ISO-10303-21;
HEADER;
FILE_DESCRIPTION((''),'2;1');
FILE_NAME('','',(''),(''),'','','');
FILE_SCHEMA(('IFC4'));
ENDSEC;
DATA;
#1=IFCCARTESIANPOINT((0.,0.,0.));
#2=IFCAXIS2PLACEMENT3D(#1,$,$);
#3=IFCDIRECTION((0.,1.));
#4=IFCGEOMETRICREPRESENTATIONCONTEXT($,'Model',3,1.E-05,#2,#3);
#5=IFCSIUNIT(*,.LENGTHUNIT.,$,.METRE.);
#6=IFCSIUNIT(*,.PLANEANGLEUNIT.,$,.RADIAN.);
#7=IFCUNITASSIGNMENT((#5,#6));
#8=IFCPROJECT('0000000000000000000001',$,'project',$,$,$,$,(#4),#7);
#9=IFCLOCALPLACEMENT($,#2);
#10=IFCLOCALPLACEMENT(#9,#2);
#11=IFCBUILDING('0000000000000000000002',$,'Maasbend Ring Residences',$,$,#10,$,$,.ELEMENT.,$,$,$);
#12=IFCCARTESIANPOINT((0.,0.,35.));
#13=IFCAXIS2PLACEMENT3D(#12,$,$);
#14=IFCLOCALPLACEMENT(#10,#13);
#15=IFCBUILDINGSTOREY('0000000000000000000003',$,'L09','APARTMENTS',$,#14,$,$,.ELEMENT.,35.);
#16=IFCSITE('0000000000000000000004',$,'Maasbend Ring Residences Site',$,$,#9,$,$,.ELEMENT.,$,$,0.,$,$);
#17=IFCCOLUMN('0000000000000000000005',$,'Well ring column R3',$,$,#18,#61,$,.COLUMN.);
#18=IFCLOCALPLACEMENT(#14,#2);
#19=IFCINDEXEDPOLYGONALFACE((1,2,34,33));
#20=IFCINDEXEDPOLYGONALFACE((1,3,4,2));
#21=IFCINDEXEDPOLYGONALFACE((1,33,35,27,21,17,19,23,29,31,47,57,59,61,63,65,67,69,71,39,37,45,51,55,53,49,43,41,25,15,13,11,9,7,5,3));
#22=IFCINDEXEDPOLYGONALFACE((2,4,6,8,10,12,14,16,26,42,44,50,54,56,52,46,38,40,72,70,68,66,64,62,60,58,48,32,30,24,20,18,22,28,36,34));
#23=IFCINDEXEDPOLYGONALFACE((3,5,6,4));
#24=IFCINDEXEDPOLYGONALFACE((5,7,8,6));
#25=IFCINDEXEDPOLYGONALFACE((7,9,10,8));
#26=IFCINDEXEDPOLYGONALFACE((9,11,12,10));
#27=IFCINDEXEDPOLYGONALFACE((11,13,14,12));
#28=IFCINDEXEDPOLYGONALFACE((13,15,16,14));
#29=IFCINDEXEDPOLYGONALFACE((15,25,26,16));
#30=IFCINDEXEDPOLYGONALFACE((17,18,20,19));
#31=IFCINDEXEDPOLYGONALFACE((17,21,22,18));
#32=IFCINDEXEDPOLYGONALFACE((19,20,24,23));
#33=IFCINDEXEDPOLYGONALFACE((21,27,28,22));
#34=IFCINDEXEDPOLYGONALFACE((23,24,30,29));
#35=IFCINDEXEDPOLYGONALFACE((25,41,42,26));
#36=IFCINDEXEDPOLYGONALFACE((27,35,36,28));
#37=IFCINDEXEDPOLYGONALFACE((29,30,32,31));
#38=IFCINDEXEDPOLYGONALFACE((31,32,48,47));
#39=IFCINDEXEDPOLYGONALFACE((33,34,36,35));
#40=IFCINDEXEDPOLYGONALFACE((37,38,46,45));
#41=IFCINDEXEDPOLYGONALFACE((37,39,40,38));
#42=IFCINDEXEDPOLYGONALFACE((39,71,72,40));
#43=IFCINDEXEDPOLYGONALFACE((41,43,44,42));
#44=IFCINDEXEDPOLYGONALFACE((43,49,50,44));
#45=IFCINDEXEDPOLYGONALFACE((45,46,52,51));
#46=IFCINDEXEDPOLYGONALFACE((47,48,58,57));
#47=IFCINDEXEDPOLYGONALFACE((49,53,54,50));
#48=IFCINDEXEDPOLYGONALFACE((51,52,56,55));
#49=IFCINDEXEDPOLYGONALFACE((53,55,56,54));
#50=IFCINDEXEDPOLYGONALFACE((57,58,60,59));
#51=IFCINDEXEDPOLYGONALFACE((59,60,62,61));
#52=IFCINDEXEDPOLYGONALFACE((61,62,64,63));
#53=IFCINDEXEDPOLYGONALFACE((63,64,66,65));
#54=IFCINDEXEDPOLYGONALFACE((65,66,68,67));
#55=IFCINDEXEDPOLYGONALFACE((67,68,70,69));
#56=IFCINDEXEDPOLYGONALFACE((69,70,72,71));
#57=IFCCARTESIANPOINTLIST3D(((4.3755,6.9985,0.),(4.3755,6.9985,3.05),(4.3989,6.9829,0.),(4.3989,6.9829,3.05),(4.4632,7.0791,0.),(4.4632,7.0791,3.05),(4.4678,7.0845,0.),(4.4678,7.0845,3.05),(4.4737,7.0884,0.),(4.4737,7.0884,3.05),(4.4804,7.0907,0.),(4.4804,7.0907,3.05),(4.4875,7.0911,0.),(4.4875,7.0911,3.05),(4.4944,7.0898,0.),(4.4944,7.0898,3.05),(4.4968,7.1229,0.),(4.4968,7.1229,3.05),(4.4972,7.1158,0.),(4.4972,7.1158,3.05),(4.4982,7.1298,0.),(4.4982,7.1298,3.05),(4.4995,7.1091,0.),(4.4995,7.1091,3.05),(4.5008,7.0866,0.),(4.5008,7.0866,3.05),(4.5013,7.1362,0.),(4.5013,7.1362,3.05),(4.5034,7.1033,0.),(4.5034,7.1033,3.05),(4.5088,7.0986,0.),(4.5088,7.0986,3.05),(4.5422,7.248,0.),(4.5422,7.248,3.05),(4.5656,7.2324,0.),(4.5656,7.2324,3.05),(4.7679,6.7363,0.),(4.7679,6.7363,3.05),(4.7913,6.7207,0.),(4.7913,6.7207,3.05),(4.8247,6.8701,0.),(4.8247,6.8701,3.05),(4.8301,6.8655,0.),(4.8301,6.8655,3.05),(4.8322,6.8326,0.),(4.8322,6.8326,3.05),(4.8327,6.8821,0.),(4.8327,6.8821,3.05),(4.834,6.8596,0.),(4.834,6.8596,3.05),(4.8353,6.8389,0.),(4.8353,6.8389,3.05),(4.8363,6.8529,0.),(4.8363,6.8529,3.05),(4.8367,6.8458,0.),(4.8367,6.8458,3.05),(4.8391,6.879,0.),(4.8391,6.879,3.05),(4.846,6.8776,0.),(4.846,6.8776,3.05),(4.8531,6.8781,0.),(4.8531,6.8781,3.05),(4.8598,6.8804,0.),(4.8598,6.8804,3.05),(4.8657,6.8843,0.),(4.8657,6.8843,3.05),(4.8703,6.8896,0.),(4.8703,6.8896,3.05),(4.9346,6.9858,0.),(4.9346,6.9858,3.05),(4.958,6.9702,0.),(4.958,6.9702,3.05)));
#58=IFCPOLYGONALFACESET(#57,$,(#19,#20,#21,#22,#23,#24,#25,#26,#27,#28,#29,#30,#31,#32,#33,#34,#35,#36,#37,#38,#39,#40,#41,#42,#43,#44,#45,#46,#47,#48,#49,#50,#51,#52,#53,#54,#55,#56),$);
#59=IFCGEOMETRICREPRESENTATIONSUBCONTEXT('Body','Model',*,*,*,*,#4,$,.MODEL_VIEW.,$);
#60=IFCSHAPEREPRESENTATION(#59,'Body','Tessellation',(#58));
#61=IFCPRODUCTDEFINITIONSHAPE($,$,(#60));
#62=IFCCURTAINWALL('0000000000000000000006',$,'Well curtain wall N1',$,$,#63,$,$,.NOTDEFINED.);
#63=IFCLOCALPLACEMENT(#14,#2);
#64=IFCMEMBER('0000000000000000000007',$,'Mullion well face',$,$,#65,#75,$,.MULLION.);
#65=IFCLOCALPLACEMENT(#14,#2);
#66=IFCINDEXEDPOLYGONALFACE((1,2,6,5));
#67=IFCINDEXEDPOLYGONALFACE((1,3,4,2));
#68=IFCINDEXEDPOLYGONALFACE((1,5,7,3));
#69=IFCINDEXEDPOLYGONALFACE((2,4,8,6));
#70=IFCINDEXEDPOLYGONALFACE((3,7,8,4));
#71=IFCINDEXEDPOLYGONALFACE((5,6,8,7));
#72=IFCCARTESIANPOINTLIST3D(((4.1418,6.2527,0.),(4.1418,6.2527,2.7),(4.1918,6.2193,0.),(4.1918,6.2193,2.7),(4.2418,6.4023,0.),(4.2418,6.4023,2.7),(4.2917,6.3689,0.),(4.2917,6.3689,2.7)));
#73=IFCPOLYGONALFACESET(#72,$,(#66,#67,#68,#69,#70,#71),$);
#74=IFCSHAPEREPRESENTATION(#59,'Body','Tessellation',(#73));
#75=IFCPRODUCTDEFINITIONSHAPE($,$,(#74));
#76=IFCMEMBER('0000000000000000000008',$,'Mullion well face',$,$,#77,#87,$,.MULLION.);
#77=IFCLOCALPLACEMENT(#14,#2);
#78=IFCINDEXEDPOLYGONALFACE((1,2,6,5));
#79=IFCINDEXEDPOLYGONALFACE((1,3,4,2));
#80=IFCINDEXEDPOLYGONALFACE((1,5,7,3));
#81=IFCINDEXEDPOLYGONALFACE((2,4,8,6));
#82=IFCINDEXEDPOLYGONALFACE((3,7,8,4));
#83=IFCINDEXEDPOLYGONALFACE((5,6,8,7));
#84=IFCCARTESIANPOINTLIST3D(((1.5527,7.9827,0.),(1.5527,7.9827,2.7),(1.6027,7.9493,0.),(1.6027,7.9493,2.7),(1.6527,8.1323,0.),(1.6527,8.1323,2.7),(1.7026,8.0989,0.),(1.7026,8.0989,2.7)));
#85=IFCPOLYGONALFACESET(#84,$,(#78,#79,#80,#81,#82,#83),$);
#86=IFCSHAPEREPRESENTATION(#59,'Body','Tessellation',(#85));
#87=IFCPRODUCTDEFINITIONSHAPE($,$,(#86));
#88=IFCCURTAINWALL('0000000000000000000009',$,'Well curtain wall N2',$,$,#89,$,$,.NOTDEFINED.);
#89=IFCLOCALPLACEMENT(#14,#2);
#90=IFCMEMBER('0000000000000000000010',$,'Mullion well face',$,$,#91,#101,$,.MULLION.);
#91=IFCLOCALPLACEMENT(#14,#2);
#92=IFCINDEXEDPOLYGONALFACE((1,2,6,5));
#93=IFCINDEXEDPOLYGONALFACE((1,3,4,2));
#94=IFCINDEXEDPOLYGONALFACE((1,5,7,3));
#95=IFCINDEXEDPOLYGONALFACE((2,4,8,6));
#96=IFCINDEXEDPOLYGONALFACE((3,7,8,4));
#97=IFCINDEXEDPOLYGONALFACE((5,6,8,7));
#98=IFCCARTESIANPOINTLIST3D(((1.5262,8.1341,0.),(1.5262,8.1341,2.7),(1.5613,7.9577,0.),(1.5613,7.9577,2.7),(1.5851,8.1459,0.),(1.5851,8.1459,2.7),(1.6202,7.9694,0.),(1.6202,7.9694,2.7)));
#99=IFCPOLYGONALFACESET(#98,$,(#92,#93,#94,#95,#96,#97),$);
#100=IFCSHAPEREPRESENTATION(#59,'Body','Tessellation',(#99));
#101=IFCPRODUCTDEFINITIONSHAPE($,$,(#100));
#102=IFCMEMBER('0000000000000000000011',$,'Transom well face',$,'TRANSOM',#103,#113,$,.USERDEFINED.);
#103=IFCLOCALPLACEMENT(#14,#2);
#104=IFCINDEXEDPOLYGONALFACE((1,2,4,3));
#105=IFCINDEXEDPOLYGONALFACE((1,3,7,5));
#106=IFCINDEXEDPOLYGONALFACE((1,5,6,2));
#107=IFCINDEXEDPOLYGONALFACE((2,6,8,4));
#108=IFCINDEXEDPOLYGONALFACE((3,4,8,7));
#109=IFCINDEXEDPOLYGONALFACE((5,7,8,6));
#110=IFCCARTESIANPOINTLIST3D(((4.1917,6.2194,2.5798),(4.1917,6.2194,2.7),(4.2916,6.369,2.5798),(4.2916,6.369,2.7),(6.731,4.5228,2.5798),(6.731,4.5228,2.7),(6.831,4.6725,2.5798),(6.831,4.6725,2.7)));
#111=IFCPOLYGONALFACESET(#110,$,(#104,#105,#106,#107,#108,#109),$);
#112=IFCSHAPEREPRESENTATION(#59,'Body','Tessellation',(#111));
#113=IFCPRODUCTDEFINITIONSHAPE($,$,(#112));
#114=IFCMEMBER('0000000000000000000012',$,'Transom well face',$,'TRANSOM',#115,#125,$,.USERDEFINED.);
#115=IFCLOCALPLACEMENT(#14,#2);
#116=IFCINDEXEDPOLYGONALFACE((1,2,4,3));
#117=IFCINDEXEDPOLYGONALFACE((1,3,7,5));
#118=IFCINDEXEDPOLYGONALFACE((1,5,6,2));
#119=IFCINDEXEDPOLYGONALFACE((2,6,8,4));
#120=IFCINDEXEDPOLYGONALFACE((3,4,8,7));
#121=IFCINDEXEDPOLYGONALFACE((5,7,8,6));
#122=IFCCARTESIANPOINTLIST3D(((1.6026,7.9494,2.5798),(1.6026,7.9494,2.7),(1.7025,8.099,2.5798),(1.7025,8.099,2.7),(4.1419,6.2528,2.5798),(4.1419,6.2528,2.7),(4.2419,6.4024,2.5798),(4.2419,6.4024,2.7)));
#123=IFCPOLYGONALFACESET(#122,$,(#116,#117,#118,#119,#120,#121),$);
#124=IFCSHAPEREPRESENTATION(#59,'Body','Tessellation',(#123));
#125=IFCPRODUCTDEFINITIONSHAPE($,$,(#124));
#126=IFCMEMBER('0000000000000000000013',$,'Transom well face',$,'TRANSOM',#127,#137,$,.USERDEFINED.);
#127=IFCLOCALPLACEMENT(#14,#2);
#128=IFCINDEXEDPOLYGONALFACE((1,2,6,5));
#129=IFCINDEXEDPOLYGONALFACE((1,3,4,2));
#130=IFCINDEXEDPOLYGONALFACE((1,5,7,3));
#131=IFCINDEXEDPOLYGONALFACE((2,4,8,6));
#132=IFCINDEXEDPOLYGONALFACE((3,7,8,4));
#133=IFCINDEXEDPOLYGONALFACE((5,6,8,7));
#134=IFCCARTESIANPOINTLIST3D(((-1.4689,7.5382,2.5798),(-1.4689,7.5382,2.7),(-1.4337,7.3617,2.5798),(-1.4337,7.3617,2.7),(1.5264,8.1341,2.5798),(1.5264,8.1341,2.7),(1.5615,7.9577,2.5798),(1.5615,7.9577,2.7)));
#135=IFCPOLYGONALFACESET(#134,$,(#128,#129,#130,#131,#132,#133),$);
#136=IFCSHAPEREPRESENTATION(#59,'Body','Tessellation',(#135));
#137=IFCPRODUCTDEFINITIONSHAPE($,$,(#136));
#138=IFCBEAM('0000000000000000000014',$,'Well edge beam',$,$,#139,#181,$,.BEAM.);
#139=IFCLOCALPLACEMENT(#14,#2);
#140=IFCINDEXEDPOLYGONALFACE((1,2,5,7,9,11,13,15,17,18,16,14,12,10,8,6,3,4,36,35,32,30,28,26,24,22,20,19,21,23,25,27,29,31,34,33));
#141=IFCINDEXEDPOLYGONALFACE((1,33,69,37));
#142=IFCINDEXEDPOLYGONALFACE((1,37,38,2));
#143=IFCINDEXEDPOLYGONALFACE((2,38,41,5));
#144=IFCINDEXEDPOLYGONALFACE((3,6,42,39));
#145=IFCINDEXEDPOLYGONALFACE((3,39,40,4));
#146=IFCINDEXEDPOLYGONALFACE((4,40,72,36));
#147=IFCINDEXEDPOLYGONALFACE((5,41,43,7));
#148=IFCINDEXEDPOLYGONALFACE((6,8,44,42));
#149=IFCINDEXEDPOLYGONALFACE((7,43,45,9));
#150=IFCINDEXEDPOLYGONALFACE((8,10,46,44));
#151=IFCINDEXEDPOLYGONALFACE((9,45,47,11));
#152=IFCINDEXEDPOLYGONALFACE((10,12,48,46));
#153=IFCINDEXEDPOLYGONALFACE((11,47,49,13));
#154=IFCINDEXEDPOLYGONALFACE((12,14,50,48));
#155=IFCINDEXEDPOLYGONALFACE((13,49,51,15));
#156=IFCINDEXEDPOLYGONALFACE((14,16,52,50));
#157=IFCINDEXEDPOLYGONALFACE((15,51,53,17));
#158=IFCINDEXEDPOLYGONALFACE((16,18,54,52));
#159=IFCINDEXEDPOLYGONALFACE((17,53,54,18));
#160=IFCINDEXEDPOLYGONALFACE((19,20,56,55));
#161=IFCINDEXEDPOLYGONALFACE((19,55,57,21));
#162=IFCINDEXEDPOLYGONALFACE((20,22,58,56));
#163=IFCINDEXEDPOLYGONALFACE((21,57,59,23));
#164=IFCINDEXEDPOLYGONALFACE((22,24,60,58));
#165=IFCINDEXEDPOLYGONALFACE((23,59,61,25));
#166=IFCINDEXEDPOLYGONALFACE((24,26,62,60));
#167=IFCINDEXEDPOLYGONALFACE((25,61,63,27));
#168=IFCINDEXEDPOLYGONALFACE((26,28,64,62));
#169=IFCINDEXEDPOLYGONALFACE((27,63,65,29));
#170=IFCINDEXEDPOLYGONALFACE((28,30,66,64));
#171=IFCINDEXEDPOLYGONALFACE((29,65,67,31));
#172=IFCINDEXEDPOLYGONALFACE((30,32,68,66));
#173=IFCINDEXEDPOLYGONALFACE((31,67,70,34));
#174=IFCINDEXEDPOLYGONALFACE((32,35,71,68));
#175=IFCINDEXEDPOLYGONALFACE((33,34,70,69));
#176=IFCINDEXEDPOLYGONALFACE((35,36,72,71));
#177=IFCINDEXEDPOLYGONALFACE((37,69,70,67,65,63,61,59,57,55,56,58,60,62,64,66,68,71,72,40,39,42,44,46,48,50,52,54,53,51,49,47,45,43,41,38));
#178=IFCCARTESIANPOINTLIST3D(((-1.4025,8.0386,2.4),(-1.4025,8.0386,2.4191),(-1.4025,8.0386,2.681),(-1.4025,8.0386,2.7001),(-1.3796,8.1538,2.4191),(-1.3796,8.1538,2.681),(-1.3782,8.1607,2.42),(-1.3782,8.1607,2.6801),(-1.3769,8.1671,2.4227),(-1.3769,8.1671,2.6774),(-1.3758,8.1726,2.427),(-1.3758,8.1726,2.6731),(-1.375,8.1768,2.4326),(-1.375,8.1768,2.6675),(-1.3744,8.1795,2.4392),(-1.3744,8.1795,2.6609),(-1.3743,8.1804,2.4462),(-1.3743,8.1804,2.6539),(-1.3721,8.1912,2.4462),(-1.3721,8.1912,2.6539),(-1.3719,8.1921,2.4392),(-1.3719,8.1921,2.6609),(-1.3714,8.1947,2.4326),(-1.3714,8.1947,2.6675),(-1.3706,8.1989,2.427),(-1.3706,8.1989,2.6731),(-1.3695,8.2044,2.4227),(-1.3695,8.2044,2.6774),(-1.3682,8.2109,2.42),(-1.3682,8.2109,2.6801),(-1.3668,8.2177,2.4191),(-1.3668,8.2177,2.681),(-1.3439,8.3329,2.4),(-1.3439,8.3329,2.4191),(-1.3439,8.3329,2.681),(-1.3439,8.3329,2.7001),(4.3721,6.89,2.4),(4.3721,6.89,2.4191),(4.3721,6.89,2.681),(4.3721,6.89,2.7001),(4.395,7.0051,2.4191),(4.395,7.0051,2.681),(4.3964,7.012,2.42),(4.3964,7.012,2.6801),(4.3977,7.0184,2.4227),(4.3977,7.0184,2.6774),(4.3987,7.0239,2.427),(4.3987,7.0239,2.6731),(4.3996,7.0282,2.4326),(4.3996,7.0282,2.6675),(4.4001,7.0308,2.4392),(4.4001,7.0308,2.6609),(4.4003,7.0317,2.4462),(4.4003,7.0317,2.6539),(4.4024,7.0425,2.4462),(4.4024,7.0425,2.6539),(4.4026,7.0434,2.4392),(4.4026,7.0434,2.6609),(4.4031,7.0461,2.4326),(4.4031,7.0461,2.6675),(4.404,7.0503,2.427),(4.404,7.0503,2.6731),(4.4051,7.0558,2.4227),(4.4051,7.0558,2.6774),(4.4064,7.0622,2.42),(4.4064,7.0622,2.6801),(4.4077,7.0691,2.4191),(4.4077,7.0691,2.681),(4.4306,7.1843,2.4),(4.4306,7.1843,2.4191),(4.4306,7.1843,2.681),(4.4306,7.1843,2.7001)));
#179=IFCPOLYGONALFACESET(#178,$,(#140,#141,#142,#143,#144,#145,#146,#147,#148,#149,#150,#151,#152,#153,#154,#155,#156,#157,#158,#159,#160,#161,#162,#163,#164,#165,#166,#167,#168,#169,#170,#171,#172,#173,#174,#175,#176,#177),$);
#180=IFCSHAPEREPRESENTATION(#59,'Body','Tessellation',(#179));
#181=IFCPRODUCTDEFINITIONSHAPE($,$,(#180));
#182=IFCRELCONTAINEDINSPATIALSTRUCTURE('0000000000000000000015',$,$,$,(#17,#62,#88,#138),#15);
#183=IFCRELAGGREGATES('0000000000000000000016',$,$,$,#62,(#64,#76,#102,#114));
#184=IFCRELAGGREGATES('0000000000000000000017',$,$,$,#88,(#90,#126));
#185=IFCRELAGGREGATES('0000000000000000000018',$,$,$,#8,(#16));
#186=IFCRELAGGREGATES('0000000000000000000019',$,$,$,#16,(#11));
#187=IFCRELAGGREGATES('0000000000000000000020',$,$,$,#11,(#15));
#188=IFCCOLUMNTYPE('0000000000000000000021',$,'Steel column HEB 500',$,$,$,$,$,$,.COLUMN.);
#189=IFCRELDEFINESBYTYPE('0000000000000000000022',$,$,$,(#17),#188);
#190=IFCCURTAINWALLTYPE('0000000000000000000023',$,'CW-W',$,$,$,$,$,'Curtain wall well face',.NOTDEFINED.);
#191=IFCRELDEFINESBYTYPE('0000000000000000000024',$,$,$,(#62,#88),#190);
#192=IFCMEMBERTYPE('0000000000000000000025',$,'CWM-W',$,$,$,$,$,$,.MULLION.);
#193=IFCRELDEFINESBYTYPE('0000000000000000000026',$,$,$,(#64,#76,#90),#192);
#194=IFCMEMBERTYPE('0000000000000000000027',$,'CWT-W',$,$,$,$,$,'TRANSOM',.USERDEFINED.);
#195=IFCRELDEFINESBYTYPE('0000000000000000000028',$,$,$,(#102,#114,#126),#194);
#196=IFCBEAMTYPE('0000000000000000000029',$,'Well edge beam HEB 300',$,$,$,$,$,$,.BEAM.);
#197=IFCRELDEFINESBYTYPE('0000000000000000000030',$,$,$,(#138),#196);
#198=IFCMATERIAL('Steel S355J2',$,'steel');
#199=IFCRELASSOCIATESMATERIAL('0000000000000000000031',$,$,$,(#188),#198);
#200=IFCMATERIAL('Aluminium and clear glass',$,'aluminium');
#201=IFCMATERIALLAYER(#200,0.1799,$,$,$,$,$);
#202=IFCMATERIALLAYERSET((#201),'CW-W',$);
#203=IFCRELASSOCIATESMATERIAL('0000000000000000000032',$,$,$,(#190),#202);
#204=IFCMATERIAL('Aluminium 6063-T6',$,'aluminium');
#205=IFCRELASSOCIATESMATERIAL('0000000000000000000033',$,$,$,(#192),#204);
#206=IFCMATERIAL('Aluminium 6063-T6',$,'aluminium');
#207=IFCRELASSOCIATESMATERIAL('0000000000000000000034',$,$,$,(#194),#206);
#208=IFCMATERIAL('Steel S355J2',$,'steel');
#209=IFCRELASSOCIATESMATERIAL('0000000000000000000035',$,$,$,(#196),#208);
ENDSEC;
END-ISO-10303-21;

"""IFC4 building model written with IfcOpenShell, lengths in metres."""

from ifc_helpers import new_model, si_unit, direction, frame, origin, origin_2d, place, context, subcontext, project, spatial, rectangle, i_section, extrude, material, layer, layer_set, material_profile, profile_set, type_object, element, aggregate, save


model = new_model("IFC4")

# Units and contexts
model_context = context("Model", 3, precision=1e-05, world=origin(), true_north=direction((0.0, 1.0)))
body_context = subcontext(model_context, "Body", "Model", "MODEL_VIEW")
ifc_project = project(units=[si_unit("LENGTHUNIT", "METRE"), si_unit("PLANEANGLEUNIT", "RADIAN")], contexts=[model_context])

# Site, building, storey
site_placement = place(None, origin())
site = spatial("IfcSite", under=ifc_project, at=site_placement, Name="Maasbend Ring Residences Site", CompositionType="ELEMENT", RefElevation=0.0)
building_placement = place(site_placement, origin())
building = spatial("IfcBuilding", under=site, at=building_placement, Name="Maasbend Ring Residences", CompositionType="ELEMENT")
storey_placement = place(building_placement, frame((0.0, 0.0, 35.0)))
storey = spatial("IfcBuildingStorey", under=building, at=storey_placement, Name="L09", Description="APARTMENTS", CompositionType="ELEMENT", Elevation=35.0)

# Column
ifc_material_1 = material(Name="Steel S355J2", Category="steel")
ifc_material_profile_1 = material_profile(ifc_material_1, i_section(OverallWidth=0.3, OverallDepth=0.5, WebThickness=0.0144, FlangeThickness=0.0281, FilletRadius=0.0271, at=origin_2d()), Name="HEB 500")
ifc_profile_set_1 = profile_set([ifc_material_profile_1], Name="Steel S355J2")
column_type = type_object("IfcColumnType", Name="Steel column HEB 500", PredefinedType="COLUMN", material=ifc_profile_set_1)
column_placement = place(storey_placement, frame((4.6667, 6.9844, 0.0), z_axis=(0.0, 0.0, 1.0), x_axis=(0.55557, 0.83147, 0.0)))
element("IfcColumn", 1, at=column_placement, inside=storey, type_object=column_type, Name="Well ring column R3", PredefinedType="COLUMN", context=body_context, shape_type="SweptSolid", body=[
    extrude(i_section(OverallWidth=0.3, OverallDepth=0.5, WebThickness=0.0144, FlangeThickness=0.0281, FilletRadius=0.0271, at=origin_2d()), origin(), (0.0, 0.0, 1.0), 3.05),
])

# Curtain wall, members
ifc_material_2 = material(Name="Aluminium and clear glass", Category="aluminium")
ifc_layer_1 = layer(ifc_material_2, 0.1799)
ifc_layer_set_1 = layer_set([ifc_layer_1], Name="CW-W")
curtain_wall_type = type_object("IfcCurtainWallType", Name="CW-W", ElementType="Curtain wall well face", PredefinedType="NOTDEFINED", material=ifc_layer_set_1)
curtain_wall_1_placement = place(storey_placement, origin())
curtain_wall_1 = element("IfcCurtainWall", 2, at=curtain_wall_1_placement, inside=storey, type_object=curtain_wall_type, Name="Well curtain wall N1", PredefinedType="NOTDEFINED")
ifc_material_3 = material(Name="Aluminium 6063-T6", Category="aluminium")
ifc_material_profile_2 = material_profile(ifc_material_3, rectangle(XDim=0.1799, YDim=0.0601, at=origin_2d()), Name="AL 180x60")
ifc_profile_set_2 = profile_set([ifc_material_profile_2], Name="Aluminium 6063-T6")
member_type_1 = type_object("IfcMemberType", Name="CWM-W", PredefinedType="MULLION", material=ifc_profile_set_2)
member_1_placement = place(storey_placement, frame((4.2168, 6.3108, 0.0), z_axis=(0.0, 0.0, 1.0), x_axis=(-0.55557, -0.83147, 0.0)))
member_1 = element("IfcMember", 3, at=member_1_placement, type_object=member_type_1, Name="Mullion well face", PredefinedType="MULLION", context=body_context, shape_type="SweptSolid", body=[
    extrude(rectangle(XDim=0.1799, YDim=0.0601, at=origin_2d()), origin(), (0.0, 0.0, 1.0), 2.7),
])
member_2_placement = place(storey_placement, frame((1.6277, 8.0408, 0.0), z_axis=(0.0, 0.0, 1.0), x_axis=(-0.55557, -0.83147, 0.0)))
member_2 = element("IfcMember", 4, at=member_2_placement, type_object=member_type_1, Name="Mullion well face", PredefinedType="MULLION", context=body_context, shape_type="SweptSolid", body=[
    extrude(rectangle(XDim=0.1799, YDim=0.0601, at=origin_2d()), origin(), (0.0, 0.0, 1.0), 2.7),
])

# Curtain wall, member
curtain_wall_2_placement = place(storey_placement, origin())
curtain_wall_2 = element("IfcCurtainWall", 5, at=curtain_wall_2_placement, inside=storey, type_object=curtain_wall_type, Name="Well curtain wall N2", PredefinedType="NOTDEFINED")
member_3_placement = place(storey_placement, frame((1.5732, 8.0518, 0.0), z_axis=(0.0, 0.0, 1.0), x_axis=(0.19509, -0.980785, 0.0)))
member_3 = element("IfcMember", 6, at=member_3_placement, type_object=member_type_1, Name="Mullion well face", PredefinedType="MULLION", context=body_context, shape_type="SweptSolid", body=[
    extrude(rectangle(XDim=0.1799, YDim=0.0601, at=origin_2d()), origin(), (0.0, 0.0, 1.0), 2.7),
])

# Members
ifc_material_4 = material(Name="Aluminium 6063-T6", Category="aluminium")
ifc_material_profile_3 = material_profile(ifc_material_4, rectangle(XDim=0.1799, YDim=0.1201, at=origin_2d()), Name="AL 180x120")
ifc_profile_set_3 = profile_set([ifc_material_profile_3], Name="Aluminium 6063-T6")
member_type_2 = type_object("IfcMemberType", Name="CWT-W", ElementType="TRANSOM", PredefinedType="USERDEFINED", material=ifc_profile_set_3)
member_4_placement = place(storey_placement, frame((6.781, 4.5977, 2.6399), z_axis=(-0.831496, 0.55553, 0.0), x_axis=(-0.55553, -0.831496, 0.0)))
member_4 = element("IfcMember", 7, at=member_4_placement, type_object=member_type_2, Name="Transom well face", ObjectType="TRANSOM", PredefinedType="USERDEFINED", context=body_context, shape_type="SweptSolid", body=[
    extrude(rectangle(XDim=0.1799, YDim=0.1201, at=origin_2d()), origin(), (0.0, 0.0, 1.0), 3.054),
])
member_5_placement = place(storey_placement, frame((4.1919, 6.3276, 2.6399), z_axis=(-0.831496, 0.55553, 0.0), x_axis=(-0.55553, -0.831496, 0.0)))
member_5 = element("IfcMember", 8, at=member_5_placement, type_object=member_type_2, Name="Transom well face", ObjectType="TRANSOM", PredefinedType="USERDEFINED", context=body_context, shape_type="SweptSolid", body=[
    extrude(rectangle(XDim=0.1799, YDim=0.1201, at=origin_2d()), origin(), (0.0, 0.0, 1.0), 3.054),
])
member_6_placement = place(storey_placement, frame((1.5439, 8.0459, 2.6399), z_axis=(-0.980777, -0.195132, 0.0), x_axis=(0.195132, -0.980777, 0.0)))
member_6 = element("IfcMember", 9, at=member_6_placement, type_object=member_type_2, Name="Transom well face", ObjectType="TRANSOM", PredefinedType="USERDEFINED", context=body_context, shape_type="SweptSolid", body=[
    extrude(rectangle(XDim=0.1799, YDim=0.1201, at=origin_2d()), origin(), (0.0, 0.0, 1.0), 3.054),
])

# Beam
ifc_material_5 = material(Name="Steel S355J2", Category="steel")
ifc_material_profile_4 = material_profile(ifc_material_5, i_section(OverallWidth=0.3, OverallDepth=0.3, WebThickness=0.011, FlangeThickness=0.019, FilletRadius=0.0271, at=origin_2d()), Name="HEB 300")
ifc_profile_set_4 = profile_set([ifc_material_profile_4], Name="Steel S355J2")
beam_type = type_object("IfcBeamType", Name="Well edge beam HEB 300", PredefinedType="BEAM", material=ifc_profile_set_4)
beam_placement = place(storey_placement, frame((4.4014, 7.0371, 2.55), z_axis=(-0.980784, 0.195095, 0.0), x_axis=(-0.195095, -0.980784, 0.0)))
element("IfcBeam", 10, at=beam_placement, inside=storey, type_object=beam_type, Name="Well edge beam", PredefinedType="BEAM", context=body_context, shape_type="SweptSolid", body=[
    extrude(i_section(OverallWidth=0.3, OverallDepth=0.3, WebThickness=0.011, FlangeThickness=0.019, FilletRadius=0.0271, at=origin_2d()), origin(), (0.0, 0.0, 1.0), 5.8877),
])

aggregate(curtain_wall_1, [member_1, member_2, member_4, member_5])
aggregate(curtain_wall_2, [member_3, member_6])

save(model, "model.ifc")
